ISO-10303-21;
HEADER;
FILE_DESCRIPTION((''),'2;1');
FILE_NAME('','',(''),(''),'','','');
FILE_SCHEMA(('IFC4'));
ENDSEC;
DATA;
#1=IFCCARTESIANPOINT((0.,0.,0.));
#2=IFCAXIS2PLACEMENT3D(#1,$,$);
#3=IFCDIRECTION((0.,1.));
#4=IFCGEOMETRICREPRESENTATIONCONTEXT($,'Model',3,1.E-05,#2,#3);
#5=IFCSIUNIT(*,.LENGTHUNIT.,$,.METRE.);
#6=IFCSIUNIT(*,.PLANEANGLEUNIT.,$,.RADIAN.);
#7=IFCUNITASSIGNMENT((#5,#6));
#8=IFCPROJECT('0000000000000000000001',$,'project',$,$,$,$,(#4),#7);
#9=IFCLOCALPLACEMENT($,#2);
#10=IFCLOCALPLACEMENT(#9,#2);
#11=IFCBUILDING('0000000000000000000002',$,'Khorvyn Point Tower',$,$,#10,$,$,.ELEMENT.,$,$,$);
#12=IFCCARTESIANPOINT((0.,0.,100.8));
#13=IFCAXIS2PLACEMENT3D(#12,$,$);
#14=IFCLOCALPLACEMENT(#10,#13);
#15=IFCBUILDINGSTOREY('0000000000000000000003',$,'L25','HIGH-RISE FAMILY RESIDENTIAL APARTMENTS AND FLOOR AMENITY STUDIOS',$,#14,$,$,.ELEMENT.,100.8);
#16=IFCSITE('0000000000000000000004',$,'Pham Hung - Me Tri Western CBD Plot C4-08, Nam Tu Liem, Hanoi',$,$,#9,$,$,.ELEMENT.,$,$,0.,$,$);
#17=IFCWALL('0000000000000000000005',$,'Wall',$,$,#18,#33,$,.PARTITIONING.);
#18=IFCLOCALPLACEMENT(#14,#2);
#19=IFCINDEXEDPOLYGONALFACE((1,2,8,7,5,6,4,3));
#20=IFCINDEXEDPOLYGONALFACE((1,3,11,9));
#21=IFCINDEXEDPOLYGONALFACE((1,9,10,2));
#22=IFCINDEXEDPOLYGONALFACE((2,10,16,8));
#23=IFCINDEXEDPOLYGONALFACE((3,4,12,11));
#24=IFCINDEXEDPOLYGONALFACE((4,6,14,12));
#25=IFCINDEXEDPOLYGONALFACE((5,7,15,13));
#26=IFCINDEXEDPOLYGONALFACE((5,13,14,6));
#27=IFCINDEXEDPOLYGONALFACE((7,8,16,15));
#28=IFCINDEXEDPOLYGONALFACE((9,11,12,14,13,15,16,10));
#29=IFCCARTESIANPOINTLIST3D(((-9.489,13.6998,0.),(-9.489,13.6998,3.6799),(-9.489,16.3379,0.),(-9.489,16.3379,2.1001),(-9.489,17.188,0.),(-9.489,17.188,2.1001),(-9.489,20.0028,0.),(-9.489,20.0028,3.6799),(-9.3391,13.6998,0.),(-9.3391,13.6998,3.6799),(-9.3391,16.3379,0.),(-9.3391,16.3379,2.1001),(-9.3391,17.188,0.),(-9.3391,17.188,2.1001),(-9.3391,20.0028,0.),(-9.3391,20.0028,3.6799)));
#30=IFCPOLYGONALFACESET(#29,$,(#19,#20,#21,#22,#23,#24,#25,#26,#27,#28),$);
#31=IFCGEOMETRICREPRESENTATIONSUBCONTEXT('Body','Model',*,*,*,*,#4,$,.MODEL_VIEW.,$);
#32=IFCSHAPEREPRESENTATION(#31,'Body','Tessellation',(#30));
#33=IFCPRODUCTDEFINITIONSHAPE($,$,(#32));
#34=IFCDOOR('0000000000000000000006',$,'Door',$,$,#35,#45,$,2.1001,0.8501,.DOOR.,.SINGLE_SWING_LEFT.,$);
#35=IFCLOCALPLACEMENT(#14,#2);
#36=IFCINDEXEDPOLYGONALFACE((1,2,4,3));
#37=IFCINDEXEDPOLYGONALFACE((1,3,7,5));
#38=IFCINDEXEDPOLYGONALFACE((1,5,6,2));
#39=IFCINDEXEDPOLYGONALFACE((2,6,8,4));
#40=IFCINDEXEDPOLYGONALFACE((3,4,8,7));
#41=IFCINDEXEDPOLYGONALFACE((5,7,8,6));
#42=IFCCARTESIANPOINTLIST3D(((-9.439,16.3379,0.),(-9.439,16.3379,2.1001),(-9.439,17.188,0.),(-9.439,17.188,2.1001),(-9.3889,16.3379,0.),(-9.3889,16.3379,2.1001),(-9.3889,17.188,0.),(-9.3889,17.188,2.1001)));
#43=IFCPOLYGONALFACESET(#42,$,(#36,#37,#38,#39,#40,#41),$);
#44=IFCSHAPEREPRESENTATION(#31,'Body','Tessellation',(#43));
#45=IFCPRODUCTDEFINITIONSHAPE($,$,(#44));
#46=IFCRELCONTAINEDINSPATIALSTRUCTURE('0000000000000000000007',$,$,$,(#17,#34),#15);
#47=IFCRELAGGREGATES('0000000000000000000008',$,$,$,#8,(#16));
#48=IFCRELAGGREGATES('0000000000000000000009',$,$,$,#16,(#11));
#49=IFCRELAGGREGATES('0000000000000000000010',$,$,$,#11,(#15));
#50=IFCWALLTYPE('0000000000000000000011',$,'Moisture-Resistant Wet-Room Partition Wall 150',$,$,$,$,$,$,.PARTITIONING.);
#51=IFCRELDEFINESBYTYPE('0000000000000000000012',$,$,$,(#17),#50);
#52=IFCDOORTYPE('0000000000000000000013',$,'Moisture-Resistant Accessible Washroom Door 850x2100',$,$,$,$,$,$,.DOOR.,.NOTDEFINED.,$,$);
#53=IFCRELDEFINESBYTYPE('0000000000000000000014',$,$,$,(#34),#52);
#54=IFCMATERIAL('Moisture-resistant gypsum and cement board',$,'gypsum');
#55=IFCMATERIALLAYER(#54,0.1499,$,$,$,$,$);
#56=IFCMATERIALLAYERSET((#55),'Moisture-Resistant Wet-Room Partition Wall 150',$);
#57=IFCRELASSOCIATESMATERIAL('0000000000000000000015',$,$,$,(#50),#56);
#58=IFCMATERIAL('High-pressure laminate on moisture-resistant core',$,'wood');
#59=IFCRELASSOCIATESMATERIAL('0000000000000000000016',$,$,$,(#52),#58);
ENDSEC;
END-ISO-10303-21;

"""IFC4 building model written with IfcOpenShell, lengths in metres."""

from ifc_helpers import new_model, si_unit, direction, frame, frame_2d, origin, place, context, subcontext, project, spatial, rectangle, extrude, material, layer, layer_set, type_object, element, fill, save


model = new_model("IFC4")

# Units and contexts
model_context = context("Model", 3, precision=1e-05, world=origin(), true_north=direction((0.0, 1.0)))
body_context = subcontext(model_context, "Body", "Model", "MODEL_VIEW")
ifc_project = project(units=[si_unit("LENGTHUNIT", "METRE"), si_unit("PLANEANGLEUNIT", "RADIAN")], contexts=[model_context])

# Site, building, storey
site_placement = place(None, origin())
site = spatial("IfcSite", under=ifc_project, at=site_placement, Name="Pham Hung - Me Tri Western CBD Plot C4-08, Nam Tu Liem, Hanoi", CompositionType="ELEMENT", RefElevation=0.0)
building_placement = place(site_placement, origin())
building = spatial("IfcBuilding", under=site, at=building_placement, Name="Khorvyn Point Tower", CompositionType="ELEMENT")
storey_placement = place(building_placement, frame((0.0, 0.0, 100.8)))
storey = spatial("IfcBuildingStorey", under=building, at=storey_placement, Name="L25", Description="HIGH-RISE FAMILY RESIDENTIAL APARTMENTS AND FLOOR AMENITY STUDIOS", CompositionType="ELEMENT", Elevation=100.8)

# Wall, opening, door
ifc_material_1 = material(Name="Moisture-resistant gypsum and cement board", Category="gypsum")
ifc_layer_1 = layer(ifc_material_1, 0.1499)
ifc_layer_set_1 = layer_set([ifc_layer_1], Name="Moisture-Resistant Wet-Room Partition Wall 150")
wall_type_1 = type_object("IfcWallType", Name="Moisture-Resistant Wet-Room Partition Wall 150", PredefinedType="PARTITIONING", material=ifc_layer_set_1)
wall_1_placement = place(storey_placement, frame((-9.4141, 13.7, 0.0), z_axis=(0.0, 0.0, 1.0), x_axis=(0.0, 1.0, 0.0)))
wall_1 = element("IfcWall", 1, at=wall_1_placement, inside=storey, type_object=wall_type_1, Name="Wall", PredefinedType="PARTITIONING", context=body_context, shape_type="SweptSolid", body=[
    extrude(rectangle(XDim=6.303, YDim=0.1499, at=frame_2d((3.1514, 0.0))), origin(), (0.0, 0.0, 1.0), 3.6799),
])
opening_1_placement = place(wall_1_placement, frame((2.6379, 0.0, 0.0)))
opening_1 = element("IfcOpeningElement", 2, at=opening_1_placement, cuts=wall_1, PredefinedType="OPENING", context=body_context, shape_type="SweptSolid", body=[
    extrude(rectangle(XDim=0.8501, YDim=2.1001, at=frame_2d((0.425, 1.05))), frame((0.0, 0.085, 0.0), z_axis=(0.0, -1.0, 0.0), x_axis=(1.0, 0.0, 0.0)), (0.0, 0.0, 1.0), 0.1699),
])
ifc_material_2 = material(Name="High-pressure laminate on moisture-resistant core", Category="wood")
door_type_1 = type_object("IfcDoorType", Name="Moisture-Resistant Accessible Washroom Door 850x2100", OperationType="NOTDEFINED", PredefinedType="DOOR", material=ifc_material_2)
door_1_placement = place(opening_1_placement, origin())
door_1 = element("IfcDoor", 3, at=door_1_placement, inside=storey, type_object=door_type_1, Name="Door", OperationType="SINGLE_SWING_LEFT", OverallHeight=2.1001, OverallWidth=0.8501, PredefinedType="DOOR", context=body_context, shape_type="SweptSolid", body=[
    extrude(rectangle(XDim=0.8501, YDim=2.1001, at=frame_2d((0.425, 1.05))), frame((0.0, 0.0249, 0.0), z_axis=(0.0, -1.0, 0.0), x_axis=(1.0, 0.0, 0.0)), (0.0, 0.0, 1.0), 0.05),
])
fill(opening_1, door_1)

save(model, "model.ifc")
